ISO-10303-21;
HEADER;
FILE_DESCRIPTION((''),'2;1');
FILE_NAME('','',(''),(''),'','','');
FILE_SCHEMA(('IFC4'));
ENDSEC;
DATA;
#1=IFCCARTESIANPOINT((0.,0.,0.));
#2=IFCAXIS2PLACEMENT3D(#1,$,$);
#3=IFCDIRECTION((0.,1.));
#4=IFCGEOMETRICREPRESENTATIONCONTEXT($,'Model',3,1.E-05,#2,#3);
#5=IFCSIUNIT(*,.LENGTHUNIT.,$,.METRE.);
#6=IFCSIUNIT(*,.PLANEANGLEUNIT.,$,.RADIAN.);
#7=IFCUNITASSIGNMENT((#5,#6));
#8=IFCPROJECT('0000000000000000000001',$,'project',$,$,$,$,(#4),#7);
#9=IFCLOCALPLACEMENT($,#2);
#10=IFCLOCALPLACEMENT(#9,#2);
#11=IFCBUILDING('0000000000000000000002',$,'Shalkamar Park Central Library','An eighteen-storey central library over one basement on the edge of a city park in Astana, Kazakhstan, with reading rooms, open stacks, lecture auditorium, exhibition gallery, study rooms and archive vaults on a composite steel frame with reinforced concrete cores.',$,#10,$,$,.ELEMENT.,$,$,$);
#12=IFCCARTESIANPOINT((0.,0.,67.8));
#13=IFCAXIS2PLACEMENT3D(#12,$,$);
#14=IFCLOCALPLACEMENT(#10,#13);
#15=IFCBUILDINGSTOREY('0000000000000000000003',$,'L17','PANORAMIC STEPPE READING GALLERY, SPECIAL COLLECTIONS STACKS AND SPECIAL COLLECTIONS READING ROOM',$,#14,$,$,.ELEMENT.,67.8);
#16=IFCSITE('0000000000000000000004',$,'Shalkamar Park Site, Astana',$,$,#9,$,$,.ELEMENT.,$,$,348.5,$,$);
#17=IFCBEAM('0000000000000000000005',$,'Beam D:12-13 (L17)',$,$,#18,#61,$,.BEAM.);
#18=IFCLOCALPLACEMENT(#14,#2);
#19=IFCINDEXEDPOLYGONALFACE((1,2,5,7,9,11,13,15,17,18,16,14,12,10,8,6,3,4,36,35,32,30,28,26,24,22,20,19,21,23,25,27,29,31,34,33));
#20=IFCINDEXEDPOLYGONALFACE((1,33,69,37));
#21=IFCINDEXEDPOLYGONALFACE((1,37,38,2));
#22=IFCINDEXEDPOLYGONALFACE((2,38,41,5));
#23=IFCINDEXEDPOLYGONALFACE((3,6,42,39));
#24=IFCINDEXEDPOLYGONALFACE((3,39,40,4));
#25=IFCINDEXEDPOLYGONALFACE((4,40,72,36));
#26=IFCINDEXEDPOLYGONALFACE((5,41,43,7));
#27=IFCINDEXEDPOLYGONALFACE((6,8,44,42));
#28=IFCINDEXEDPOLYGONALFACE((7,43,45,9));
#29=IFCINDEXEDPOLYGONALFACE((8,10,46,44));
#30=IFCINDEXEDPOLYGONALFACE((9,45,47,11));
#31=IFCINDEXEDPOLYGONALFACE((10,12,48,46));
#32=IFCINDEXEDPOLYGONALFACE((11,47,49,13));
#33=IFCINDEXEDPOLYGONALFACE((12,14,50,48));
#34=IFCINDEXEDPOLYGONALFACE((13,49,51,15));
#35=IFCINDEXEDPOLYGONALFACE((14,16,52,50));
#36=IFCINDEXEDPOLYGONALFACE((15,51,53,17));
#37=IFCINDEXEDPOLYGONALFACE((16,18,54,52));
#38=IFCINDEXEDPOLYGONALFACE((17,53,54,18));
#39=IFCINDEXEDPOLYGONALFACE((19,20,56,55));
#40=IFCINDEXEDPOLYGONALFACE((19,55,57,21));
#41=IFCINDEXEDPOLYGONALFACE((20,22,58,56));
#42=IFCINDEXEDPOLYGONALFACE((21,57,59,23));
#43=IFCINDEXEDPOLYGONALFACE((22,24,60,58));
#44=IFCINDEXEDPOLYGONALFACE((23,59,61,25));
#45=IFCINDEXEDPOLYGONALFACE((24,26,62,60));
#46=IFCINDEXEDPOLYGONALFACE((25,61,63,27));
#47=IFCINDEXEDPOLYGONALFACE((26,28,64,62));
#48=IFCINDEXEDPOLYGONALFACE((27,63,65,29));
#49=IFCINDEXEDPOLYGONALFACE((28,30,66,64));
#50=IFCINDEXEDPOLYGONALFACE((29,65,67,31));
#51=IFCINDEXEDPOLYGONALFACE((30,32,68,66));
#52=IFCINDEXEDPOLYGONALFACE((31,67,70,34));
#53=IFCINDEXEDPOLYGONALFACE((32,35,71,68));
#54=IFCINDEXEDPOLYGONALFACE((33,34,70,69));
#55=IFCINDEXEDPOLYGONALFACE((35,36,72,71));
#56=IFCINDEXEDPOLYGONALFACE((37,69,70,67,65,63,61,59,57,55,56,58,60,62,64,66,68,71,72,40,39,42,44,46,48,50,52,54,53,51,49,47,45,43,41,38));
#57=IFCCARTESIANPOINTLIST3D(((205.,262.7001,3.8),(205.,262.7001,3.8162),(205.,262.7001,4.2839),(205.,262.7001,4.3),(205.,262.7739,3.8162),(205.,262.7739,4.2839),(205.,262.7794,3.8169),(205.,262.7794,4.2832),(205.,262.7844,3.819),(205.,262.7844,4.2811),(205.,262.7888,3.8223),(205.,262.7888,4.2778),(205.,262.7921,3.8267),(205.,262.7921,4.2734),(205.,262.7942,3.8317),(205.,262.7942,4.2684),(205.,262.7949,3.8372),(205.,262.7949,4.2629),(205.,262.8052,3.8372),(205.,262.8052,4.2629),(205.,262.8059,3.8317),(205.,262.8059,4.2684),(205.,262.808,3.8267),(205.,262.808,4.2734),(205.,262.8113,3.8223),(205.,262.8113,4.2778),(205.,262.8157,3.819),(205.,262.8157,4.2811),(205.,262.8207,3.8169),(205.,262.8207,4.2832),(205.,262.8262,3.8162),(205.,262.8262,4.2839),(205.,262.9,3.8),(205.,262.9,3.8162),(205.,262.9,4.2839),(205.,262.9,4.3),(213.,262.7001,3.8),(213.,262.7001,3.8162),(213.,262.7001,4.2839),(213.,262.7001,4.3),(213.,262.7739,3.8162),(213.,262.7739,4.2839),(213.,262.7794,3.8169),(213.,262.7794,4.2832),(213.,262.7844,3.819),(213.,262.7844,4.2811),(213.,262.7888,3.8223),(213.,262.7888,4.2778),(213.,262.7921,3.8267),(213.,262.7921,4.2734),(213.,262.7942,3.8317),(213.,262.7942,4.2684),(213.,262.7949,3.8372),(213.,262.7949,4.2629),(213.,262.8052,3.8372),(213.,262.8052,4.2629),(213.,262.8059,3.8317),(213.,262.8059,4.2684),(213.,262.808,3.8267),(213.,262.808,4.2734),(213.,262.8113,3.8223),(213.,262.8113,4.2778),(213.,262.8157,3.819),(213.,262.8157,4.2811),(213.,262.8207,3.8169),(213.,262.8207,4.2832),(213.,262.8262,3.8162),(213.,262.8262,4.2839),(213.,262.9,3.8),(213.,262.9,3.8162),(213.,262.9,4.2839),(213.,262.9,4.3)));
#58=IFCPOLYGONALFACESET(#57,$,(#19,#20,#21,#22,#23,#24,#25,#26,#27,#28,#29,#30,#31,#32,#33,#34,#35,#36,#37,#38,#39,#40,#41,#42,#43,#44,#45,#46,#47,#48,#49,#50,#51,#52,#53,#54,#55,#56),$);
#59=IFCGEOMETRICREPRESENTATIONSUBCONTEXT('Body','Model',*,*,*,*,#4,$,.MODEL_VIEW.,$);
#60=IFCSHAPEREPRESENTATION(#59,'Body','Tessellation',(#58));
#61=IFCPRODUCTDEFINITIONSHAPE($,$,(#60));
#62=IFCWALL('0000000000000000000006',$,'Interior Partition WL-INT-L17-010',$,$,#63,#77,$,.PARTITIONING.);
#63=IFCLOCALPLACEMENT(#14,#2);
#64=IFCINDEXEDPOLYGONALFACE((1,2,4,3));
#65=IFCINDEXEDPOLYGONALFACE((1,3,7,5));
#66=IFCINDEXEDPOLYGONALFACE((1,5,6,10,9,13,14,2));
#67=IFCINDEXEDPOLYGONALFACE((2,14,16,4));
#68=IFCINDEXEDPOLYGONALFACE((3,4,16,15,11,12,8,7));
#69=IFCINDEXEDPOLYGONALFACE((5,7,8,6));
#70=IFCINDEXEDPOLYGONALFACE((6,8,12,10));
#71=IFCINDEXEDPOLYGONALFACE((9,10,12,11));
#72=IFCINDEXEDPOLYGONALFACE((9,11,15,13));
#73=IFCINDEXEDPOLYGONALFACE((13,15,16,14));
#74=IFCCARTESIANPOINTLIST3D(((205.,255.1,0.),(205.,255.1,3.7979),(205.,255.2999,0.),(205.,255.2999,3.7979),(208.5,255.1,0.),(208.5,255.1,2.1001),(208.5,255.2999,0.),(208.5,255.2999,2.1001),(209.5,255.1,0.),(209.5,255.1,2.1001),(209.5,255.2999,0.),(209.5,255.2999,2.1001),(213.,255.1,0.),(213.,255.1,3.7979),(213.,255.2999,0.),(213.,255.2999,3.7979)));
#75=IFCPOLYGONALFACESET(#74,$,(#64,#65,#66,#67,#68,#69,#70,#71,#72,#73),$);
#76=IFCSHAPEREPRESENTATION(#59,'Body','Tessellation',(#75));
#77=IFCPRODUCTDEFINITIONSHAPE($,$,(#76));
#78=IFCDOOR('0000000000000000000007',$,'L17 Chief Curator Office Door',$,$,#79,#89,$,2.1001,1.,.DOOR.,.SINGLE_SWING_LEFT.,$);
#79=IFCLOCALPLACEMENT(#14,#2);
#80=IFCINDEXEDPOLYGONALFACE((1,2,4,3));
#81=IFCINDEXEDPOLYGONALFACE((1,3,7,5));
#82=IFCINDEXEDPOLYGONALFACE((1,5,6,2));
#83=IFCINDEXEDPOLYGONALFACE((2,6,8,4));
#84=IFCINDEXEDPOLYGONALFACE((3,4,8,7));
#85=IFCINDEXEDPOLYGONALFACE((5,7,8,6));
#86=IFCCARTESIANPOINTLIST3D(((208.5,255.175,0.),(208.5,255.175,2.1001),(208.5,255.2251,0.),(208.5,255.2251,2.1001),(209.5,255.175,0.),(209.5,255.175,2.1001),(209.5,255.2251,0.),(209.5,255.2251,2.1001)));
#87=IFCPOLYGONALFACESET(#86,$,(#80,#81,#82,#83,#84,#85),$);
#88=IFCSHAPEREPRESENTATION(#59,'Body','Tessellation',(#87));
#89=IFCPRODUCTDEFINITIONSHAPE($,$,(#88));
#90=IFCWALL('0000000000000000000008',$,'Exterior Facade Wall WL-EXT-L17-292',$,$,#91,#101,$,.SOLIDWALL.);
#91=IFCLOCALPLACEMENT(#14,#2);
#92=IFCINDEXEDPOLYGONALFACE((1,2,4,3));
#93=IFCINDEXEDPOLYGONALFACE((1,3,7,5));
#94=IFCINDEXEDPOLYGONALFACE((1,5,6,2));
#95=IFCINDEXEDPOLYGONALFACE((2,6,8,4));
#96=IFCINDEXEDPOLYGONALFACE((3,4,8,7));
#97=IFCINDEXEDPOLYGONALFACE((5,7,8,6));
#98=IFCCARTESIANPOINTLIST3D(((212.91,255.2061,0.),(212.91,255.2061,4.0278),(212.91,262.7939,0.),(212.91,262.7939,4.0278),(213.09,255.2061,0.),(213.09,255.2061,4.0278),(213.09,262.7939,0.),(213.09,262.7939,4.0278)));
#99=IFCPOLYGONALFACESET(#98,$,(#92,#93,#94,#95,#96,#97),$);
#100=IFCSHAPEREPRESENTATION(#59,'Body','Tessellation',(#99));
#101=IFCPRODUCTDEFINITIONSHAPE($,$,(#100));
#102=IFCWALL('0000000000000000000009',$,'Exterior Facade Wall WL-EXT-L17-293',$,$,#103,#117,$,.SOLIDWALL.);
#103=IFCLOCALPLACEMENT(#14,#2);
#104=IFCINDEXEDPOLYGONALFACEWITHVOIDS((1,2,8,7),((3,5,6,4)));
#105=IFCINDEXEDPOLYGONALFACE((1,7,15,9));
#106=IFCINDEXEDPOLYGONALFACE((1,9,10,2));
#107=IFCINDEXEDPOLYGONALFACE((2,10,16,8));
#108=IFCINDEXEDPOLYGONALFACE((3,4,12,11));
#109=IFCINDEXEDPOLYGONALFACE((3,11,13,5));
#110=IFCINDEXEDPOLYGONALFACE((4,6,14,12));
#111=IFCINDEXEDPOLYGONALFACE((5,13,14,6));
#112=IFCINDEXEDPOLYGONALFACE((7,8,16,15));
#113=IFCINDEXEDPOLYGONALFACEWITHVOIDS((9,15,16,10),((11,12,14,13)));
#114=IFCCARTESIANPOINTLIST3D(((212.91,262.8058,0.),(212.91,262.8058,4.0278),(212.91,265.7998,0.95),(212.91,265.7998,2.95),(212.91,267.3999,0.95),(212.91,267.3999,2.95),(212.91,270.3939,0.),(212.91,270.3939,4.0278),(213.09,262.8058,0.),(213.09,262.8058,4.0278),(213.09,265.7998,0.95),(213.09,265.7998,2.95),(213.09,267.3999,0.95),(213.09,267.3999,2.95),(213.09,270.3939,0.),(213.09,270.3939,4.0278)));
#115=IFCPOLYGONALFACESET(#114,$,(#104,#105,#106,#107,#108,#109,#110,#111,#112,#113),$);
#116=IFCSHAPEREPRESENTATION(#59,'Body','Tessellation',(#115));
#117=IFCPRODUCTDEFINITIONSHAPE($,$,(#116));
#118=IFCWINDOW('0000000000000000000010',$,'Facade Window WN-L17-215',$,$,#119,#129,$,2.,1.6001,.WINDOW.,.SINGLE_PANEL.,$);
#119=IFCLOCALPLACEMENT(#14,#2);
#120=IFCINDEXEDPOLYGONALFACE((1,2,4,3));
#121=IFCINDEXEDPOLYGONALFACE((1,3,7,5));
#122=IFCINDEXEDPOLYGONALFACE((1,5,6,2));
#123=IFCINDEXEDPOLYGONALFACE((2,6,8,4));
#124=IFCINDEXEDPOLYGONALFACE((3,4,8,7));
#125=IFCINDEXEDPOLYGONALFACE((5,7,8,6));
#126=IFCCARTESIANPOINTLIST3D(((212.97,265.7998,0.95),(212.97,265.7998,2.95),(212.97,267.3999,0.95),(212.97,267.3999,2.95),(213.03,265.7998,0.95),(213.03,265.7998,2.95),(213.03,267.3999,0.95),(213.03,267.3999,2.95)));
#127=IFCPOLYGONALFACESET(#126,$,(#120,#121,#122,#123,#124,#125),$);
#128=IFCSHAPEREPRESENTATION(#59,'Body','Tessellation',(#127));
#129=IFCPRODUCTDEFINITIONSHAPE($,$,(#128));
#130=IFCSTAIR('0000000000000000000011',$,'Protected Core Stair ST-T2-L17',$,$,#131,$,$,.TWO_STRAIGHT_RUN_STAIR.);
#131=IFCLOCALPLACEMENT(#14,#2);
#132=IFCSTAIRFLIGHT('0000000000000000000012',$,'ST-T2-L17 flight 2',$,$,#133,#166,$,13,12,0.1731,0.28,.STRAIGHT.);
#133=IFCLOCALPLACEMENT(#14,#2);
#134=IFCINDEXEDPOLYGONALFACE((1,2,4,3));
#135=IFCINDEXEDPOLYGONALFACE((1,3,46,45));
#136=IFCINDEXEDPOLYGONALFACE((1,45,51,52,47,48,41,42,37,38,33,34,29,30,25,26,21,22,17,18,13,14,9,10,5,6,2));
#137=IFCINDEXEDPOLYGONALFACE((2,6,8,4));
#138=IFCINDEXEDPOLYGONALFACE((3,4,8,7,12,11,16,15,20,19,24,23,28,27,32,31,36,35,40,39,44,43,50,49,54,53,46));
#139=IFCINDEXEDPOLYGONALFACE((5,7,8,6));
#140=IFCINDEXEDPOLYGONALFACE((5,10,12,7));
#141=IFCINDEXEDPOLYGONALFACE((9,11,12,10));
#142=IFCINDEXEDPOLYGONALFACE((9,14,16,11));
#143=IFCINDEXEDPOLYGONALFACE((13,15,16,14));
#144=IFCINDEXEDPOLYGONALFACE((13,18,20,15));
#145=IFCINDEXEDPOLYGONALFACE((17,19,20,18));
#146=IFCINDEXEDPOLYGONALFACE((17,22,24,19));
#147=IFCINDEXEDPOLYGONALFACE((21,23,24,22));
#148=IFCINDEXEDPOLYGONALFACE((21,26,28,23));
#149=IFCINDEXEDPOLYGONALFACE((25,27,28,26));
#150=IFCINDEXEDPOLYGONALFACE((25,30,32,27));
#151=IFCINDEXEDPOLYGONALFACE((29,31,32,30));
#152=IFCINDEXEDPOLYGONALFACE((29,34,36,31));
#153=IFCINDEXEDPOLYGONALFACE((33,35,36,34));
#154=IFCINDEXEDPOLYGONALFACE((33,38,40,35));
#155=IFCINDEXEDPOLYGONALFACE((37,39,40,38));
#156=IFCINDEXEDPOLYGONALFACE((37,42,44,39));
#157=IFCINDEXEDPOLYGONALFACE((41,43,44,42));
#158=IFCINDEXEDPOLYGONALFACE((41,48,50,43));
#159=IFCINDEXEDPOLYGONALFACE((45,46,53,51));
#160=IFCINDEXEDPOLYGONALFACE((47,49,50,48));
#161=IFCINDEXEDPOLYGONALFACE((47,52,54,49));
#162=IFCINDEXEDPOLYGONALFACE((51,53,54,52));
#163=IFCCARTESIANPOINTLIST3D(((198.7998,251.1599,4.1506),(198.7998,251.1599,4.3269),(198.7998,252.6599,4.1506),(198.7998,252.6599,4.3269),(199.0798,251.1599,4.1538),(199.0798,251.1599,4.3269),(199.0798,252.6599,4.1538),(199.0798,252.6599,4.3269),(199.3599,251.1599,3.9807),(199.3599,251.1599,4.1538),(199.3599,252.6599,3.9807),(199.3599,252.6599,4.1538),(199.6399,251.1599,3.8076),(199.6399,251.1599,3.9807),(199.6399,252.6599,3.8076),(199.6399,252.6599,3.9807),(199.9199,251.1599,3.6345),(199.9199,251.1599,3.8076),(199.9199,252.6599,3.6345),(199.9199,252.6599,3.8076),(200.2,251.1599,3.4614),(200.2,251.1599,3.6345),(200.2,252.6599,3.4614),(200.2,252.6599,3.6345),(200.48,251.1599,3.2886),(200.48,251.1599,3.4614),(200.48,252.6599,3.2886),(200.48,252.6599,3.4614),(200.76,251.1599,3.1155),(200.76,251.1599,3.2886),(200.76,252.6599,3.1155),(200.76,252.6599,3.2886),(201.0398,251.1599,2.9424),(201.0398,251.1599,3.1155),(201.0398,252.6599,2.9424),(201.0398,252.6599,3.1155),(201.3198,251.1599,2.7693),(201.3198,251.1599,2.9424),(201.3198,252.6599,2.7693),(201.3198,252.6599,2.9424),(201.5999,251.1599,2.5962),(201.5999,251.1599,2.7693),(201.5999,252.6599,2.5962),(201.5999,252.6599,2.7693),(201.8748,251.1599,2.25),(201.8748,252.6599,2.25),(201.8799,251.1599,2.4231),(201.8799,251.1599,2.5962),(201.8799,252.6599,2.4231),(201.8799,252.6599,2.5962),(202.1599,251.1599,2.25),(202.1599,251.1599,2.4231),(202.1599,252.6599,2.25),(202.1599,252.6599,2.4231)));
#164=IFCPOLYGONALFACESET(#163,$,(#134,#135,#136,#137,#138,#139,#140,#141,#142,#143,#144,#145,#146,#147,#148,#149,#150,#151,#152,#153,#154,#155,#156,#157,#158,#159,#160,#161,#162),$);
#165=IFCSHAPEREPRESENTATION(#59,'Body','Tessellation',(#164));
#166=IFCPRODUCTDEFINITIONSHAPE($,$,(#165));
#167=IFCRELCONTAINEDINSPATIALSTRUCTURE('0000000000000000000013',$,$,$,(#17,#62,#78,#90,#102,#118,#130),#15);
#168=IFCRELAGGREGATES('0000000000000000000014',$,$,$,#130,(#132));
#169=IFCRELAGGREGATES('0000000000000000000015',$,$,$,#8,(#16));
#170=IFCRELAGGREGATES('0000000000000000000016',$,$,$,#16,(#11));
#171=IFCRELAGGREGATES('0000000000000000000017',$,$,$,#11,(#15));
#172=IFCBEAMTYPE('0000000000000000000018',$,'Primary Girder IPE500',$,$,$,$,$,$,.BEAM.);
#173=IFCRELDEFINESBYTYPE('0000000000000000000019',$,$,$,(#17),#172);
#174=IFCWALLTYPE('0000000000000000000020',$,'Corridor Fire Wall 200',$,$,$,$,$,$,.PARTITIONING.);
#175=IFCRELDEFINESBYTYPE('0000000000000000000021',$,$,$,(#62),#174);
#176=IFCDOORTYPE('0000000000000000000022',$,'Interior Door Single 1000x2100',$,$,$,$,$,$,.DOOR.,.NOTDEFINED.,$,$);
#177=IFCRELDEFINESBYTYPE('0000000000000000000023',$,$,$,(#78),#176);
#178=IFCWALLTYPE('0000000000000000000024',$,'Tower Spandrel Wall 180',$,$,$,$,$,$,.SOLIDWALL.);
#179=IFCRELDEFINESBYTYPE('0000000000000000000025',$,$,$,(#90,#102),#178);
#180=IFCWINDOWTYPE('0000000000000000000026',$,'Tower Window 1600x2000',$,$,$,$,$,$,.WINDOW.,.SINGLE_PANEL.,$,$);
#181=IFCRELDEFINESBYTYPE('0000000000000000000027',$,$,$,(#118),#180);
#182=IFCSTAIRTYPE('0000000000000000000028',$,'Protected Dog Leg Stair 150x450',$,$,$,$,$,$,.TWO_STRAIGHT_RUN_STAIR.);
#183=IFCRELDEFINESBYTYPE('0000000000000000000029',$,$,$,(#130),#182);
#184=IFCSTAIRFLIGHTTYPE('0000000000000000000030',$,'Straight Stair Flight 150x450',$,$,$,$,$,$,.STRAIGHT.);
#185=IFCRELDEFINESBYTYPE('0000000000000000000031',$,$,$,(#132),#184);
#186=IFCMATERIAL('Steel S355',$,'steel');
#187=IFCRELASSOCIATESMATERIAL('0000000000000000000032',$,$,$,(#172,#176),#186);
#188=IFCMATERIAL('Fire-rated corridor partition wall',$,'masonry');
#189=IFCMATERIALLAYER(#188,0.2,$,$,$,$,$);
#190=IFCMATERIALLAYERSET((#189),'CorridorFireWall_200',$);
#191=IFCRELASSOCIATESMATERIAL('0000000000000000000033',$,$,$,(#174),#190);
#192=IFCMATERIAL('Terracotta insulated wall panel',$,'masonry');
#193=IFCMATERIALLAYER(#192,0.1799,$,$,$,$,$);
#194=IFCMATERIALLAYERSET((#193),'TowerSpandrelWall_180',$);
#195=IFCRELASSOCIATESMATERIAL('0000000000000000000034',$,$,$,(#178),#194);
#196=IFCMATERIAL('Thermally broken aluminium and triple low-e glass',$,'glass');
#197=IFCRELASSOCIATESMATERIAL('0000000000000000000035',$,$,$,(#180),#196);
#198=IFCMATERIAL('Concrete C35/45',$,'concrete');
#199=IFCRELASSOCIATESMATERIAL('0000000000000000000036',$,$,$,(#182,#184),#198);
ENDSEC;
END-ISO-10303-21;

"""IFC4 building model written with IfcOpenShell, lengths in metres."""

from ifc_helpers import new_model, si_unit, direction, frame, frame_2d, origin, origin_2d, place, context, subcontext, project, spatial, polyline, rectangle, i_section, outline, extrude, material, layer, layer_set, material_profile, profile_set, type_object, element, fill, aggregate, save


model = new_model("IFC4")

# Units and contexts
model_context = context("Model", 3, precision=1e-05, world=origin(), true_north=direction((0.0, 1.0)))
body_context = subcontext(model_context, "Body", "Model", "MODEL_VIEW")
ifc_project = project(units=[si_unit("LENGTHUNIT", "METRE"), si_unit("PLANEANGLEUNIT", "RADIAN")], contexts=[model_context])

# Site, building, storey
site_placement = place(None, origin())
site = spatial("IfcSite", under=ifc_project, at=site_placement, Name="Shalkamar Park Site, Astana", CompositionType="ELEMENT", RefElevation=348.5)
building_placement = place(site_placement, origin())
building = spatial("IfcBuilding", under=site, at=building_placement, Name="Shalkamar Park Central Library", Description="An eighteen-storey central library over one basement on the edge of a city park in Astana, Kazakhstan, with reading rooms, open stacks, lecture auditorium, exhibition gallery, study rooms and archive vaults on a composite steel frame with reinforced concrete cores.", CompositionType="ELEMENT")
storey_placement = place(building_placement, frame((0.0, 0.0, 67.8)))
storey = spatial("IfcBuildingStorey", under=building, at=storey_placement, Name="L17", Description="PANORAMIC STEPPE READING GALLERY, SPECIAL COLLECTIONS STACKS AND SPECIAL COLLECTIONS READING ROOM", CompositionType="ELEMENT", Elevation=67.8)

# Shared definitions
ifc_material_1 = material(Name="Steel S355", Category="steel")

# Beam
ifc_material_profile_1 = material_profile(ifc_material_1, i_section(OverallWidth=0.2, OverallDepth=0.5, WebThickness=0.0103, FlangeThickness=0.0161, FilletRadius=0.021, at=origin_2d()), Name="IPE 500")
ifc_profile_set_1 = profile_set([ifc_material_profile_1], Name="Steel S355")
beam_type_1 = type_object("IfcBeamType", Name="Primary Girder IPE500", PredefinedType="BEAM", material=ifc_profile_set_1)
for number, where, z_axis, x_axis, name in (
    (1, (205.0, 262.8, 4.05), (1.0, 0.0, 0.0), (0.0, 1.0, 0.0), "Beam D:12-13 (L17)"),
):
    element("IfcBeam", number, at=place(storey_placement, frame(where, z_axis=z_axis, x_axis=x_axis)), inside=storey, type_object=beam_type_1, Name=name, PredefinedType="BEAM", context=body_context, shape_type="SweptSolid", body=[
        extrude(i_section(OverallWidth=0.2, OverallDepth=0.5, WebThickness=0.0103, FlangeThickness=0.0161, FilletRadius=0.021, at=origin_2d()), origin(), (0.0, 0.0, 1.0), 8.0),
    ])

# Wall, opening, door
ifc_material_2 = material(Name="Fire-rated corridor partition wall", Category="masonry")
ifc_layer_1 = layer(ifc_material_2, 0.2)
ifc_layer_set_1 = layer_set([ifc_layer_1], Name="CorridorFireWall_200")
wall_type_1 = type_object("IfcWallType", Name="Corridor Fire Wall 200", PredefinedType="PARTITIONING", material=ifc_layer_set_1)
wall_1_placement = place(storey_placement, frame((205.0, 255.2, 0.0), z_axis=(0.0, 0.0, 1.0), x_axis=(1.0, 0.0, 0.0)))
wall_1 = element("IfcWall", 2, at=wall_1_placement, inside=storey, type_object=wall_type_1, Name="Interior Partition WL-INT-L17-010", PredefinedType="PARTITIONING", context=body_context, shape_type="SweptSolid", body=[
    extrude(rectangle(XDim=8.0, YDim=0.2, at=frame_2d((4.0, 0.0))), origin(), (0.0, 0.0, 1.0), 3.7979),
])
opening_1_placement = place(wall_1_placement, frame((3.5, 0.0, 0.0)))
opening_1 = element("IfcOpeningElement", 3, at=opening_1_placement, cuts=wall_1, PredefinedType="OPENING", context=body_context, shape_type="SweptSolid", body=[
    extrude(rectangle(XDim=1.0, YDim=2.1001, at=frame_2d((0.5, 1.05))), frame((0.0, 0.1147, 0.0), z_axis=(0.0, -1.0, 0.0), x_axis=(1.0, 0.0, 0.0)), (0.0, 0.0, 1.0), 0.2297),
])
door_type = type_object("IfcDoorType", Name="Interior Door Single 1000x2100", OperationType="NOTDEFINED", PredefinedType="DOOR", material=ifc_material_1)
door_placement = place(opening_1_placement, frame((1.0, 0.0, 0.0), z_axis=(0.0, 0.0, 1.0), x_axis=(-1.0, 0.0, 0.0)))
door = element("IfcDoor", 4, at=door_placement, inside=storey, type_object=door_type, Name="L17 Chief Curator Office Door", OperationType="SINGLE_SWING_LEFT", OverallHeight=2.1001, OverallWidth=1.0, PredefinedType="DOOR", context=body_context, shape_type="SweptSolid", body=[
    extrude(rectangle(XDim=1.0, YDim=2.1001, at=frame_2d((0.5, 1.05))), frame((0.0, 0.0249, 0.0), z_axis=(0.0, -1.0, 0.0), x_axis=(1.0, 0.0, 0.0)), (0.0, 0.0, 1.0), 0.05),
])
fill(opening_1, door)

# Wall
ifc_material_3 = material(Name="Terracotta insulated wall panel", Category="masonry")
ifc_layer_2 = layer(ifc_material_3, 0.1799)
ifc_layer_set_2 = layer_set([ifc_layer_2], Name="TowerSpandrelWall_180")
wall_type_2 = type_object("IfcWallType", Name="Tower Spandrel Wall 180", PredefinedType="SOLIDWALL", material=ifc_layer_set_2)
wall_2_placement = place(storey_placement, frame((213.0, 255.2061, 0.0), z_axis=(0.0, 0.0, 1.0), x_axis=(0.0, 1.0, 0.0)))
element("IfcWall", 5, at=wall_2_placement, inside=storey, type_object=wall_type_2, Name="Exterior Facade Wall WL-EXT-L17-292", PredefinedType="SOLIDWALL", context=body_context, shape_type="SweptSolid", body=[
    extrude(rectangle(XDim=7.5879, YDim=0.1799, at=frame_2d((3.7939, 0.0))), origin(), (0.0, 0.0, 1.0), 4.0278),
])

# Wall, opening, window
wall_3_placement = place(storey_placement, frame((213.0, 262.8059, 0.0), z_axis=(0.0, 0.0, 1.0), x_axis=(0.0, 1.0, 0.0)))
wall_3 = element("IfcWall", 6, at=wall_3_placement, inside=storey, type_object=wall_type_2, Name="Exterior Facade Wall WL-EXT-L17-293", PredefinedType="SOLIDWALL", context=body_context, shape_type="SweptSolid", body=[
    extrude(rectangle(XDim=7.5881, YDim=0.1799, at=frame_2d((3.7939, 0.0))), origin(), (0.0, 0.0, 1.0), 4.0278),
])
opening_2_placement = place(wall_3_placement, frame((2.9939, 0.0, 0.95)))
opening_2 = element("IfcOpeningElement", 7, at=opening_2_placement, cuts=wall_3, PredefinedType="OPENING", context=body_context, shape_type="SweptSolid", body=[
    extrude(rectangle(XDim=1.6001, YDim=2.0, at=frame_2d((0.8, 1.0))), frame((0.0, 0.105, 0.0), z_axis=(0.0, -1.0, 0.0), x_axis=(1.0, 0.0, 0.0)), (0.0, 0.0, 1.0), 0.2097),
])
ifc_material_4 = material(Name="Thermally broken aluminium and triple low-e glass", Category="glass")
window_type = type_object("IfcWindowType", Name="Tower Window 1600x2000", PartitioningType="SINGLE_PANEL", PredefinedType="WINDOW", material=ifc_material_4)
window_placement = place(opening_2_placement, origin())
window = element("IfcWindow", 8, at=window_placement, inside=storey, type_object=window_type, Name="Facade Window WN-L17-215", OverallHeight=2.0, OverallWidth=1.6001, PartitioningType="SINGLE_PANEL", PredefinedType="WINDOW", context=body_context, shape_type="SweptSolid", body=[
    extrude(rectangle(XDim=1.6001, YDim=2.0, at=frame_2d((0.8, 1.0))), frame((0.0, 0.03, 0.0), z_axis=(0.0, -1.0, 0.0), x_axis=(1.0, 0.0, 0.0)), (0.0, 0.0, 1.0), 0.0601),
])
fill(opening_2, window)

# Stair, stair flight
ifc_material_5 = material(Name="Concrete C35/45", Category="concrete")
stair_type = type_object("IfcStairType", Name="Protected Dog Leg Stair 150x450", PredefinedType="TWO_STRAIGHT_RUN_STAIR", material=ifc_material_5)
stair_placement = place(storey_placement, origin())
stair = element("IfcStair", 9, at=stair_placement, inside=storey, type_object=stair_type, Name="Protected Core Stair ST-T2-L17", PredefinedType="TWO_STRAIGHT_RUN_STAIR")
stair_flight_type = type_object("IfcStairFlightType", Name="Straight Stair Flight 150x450", PredefinedType="STRAIGHT", material=ifc_material_5)
stair_flight_placement = place(storey_placement, frame((202.1599, 251.9099, 2.25), z_axis=(0.0, 0.0, 1.0), x_axis=(-1.0, 0.0, 0.0)))
stair_flight = element("IfcStairFlight", 10, at=stair_flight_placement, type_object=stair_flight_type, Name="ST-T2-L17 flight 2", NumberOfRisers=13, NumberOfTreads=12, PredefinedType="STRAIGHT", RiserHeight=0.1731, TreadLength=0.28, context=body_context, shape_type="SweptSolid", body=[
    extrude(outline(polyline([(0.0, 0.0), (0.0, 0.1731), (0.28, 0.1731), (0.28, 0.3462), (0.5601, 0.3462), (0.5601, 0.5193), (0.8401, 0.5193), (0.8401, 0.6924), (1.1201, 0.6924), (1.1201, 0.8655), (1.3999, 0.8655), (1.3999, 1.0386), (1.6799, 1.0386), (1.6799, 1.2114), (1.96, 1.2114), (1.96, 1.3845), (2.24, 1.3845), (2.24, 1.5576), (2.52, 1.5576), (2.52, 1.7307), (2.8, 1.7307), (2.8, 1.9038), (3.0801, 1.9038), (3.0801, 2.0769), (3.3601, 2.0769), (3.3601, 2.25), (3.3601, 1.9006), (0.2852, 0.0), (0.0, 0.0)])), frame((0.0, 0.75, 0.0), z_axis=(0.0, -1.0, 0.0), x_axis=(1.0, 0.0, 0.0)), (0.0, 0.0, 1.0), 1.5),
])
aggregate(stair, [stair_flight])

save(model, "model.ifc")
